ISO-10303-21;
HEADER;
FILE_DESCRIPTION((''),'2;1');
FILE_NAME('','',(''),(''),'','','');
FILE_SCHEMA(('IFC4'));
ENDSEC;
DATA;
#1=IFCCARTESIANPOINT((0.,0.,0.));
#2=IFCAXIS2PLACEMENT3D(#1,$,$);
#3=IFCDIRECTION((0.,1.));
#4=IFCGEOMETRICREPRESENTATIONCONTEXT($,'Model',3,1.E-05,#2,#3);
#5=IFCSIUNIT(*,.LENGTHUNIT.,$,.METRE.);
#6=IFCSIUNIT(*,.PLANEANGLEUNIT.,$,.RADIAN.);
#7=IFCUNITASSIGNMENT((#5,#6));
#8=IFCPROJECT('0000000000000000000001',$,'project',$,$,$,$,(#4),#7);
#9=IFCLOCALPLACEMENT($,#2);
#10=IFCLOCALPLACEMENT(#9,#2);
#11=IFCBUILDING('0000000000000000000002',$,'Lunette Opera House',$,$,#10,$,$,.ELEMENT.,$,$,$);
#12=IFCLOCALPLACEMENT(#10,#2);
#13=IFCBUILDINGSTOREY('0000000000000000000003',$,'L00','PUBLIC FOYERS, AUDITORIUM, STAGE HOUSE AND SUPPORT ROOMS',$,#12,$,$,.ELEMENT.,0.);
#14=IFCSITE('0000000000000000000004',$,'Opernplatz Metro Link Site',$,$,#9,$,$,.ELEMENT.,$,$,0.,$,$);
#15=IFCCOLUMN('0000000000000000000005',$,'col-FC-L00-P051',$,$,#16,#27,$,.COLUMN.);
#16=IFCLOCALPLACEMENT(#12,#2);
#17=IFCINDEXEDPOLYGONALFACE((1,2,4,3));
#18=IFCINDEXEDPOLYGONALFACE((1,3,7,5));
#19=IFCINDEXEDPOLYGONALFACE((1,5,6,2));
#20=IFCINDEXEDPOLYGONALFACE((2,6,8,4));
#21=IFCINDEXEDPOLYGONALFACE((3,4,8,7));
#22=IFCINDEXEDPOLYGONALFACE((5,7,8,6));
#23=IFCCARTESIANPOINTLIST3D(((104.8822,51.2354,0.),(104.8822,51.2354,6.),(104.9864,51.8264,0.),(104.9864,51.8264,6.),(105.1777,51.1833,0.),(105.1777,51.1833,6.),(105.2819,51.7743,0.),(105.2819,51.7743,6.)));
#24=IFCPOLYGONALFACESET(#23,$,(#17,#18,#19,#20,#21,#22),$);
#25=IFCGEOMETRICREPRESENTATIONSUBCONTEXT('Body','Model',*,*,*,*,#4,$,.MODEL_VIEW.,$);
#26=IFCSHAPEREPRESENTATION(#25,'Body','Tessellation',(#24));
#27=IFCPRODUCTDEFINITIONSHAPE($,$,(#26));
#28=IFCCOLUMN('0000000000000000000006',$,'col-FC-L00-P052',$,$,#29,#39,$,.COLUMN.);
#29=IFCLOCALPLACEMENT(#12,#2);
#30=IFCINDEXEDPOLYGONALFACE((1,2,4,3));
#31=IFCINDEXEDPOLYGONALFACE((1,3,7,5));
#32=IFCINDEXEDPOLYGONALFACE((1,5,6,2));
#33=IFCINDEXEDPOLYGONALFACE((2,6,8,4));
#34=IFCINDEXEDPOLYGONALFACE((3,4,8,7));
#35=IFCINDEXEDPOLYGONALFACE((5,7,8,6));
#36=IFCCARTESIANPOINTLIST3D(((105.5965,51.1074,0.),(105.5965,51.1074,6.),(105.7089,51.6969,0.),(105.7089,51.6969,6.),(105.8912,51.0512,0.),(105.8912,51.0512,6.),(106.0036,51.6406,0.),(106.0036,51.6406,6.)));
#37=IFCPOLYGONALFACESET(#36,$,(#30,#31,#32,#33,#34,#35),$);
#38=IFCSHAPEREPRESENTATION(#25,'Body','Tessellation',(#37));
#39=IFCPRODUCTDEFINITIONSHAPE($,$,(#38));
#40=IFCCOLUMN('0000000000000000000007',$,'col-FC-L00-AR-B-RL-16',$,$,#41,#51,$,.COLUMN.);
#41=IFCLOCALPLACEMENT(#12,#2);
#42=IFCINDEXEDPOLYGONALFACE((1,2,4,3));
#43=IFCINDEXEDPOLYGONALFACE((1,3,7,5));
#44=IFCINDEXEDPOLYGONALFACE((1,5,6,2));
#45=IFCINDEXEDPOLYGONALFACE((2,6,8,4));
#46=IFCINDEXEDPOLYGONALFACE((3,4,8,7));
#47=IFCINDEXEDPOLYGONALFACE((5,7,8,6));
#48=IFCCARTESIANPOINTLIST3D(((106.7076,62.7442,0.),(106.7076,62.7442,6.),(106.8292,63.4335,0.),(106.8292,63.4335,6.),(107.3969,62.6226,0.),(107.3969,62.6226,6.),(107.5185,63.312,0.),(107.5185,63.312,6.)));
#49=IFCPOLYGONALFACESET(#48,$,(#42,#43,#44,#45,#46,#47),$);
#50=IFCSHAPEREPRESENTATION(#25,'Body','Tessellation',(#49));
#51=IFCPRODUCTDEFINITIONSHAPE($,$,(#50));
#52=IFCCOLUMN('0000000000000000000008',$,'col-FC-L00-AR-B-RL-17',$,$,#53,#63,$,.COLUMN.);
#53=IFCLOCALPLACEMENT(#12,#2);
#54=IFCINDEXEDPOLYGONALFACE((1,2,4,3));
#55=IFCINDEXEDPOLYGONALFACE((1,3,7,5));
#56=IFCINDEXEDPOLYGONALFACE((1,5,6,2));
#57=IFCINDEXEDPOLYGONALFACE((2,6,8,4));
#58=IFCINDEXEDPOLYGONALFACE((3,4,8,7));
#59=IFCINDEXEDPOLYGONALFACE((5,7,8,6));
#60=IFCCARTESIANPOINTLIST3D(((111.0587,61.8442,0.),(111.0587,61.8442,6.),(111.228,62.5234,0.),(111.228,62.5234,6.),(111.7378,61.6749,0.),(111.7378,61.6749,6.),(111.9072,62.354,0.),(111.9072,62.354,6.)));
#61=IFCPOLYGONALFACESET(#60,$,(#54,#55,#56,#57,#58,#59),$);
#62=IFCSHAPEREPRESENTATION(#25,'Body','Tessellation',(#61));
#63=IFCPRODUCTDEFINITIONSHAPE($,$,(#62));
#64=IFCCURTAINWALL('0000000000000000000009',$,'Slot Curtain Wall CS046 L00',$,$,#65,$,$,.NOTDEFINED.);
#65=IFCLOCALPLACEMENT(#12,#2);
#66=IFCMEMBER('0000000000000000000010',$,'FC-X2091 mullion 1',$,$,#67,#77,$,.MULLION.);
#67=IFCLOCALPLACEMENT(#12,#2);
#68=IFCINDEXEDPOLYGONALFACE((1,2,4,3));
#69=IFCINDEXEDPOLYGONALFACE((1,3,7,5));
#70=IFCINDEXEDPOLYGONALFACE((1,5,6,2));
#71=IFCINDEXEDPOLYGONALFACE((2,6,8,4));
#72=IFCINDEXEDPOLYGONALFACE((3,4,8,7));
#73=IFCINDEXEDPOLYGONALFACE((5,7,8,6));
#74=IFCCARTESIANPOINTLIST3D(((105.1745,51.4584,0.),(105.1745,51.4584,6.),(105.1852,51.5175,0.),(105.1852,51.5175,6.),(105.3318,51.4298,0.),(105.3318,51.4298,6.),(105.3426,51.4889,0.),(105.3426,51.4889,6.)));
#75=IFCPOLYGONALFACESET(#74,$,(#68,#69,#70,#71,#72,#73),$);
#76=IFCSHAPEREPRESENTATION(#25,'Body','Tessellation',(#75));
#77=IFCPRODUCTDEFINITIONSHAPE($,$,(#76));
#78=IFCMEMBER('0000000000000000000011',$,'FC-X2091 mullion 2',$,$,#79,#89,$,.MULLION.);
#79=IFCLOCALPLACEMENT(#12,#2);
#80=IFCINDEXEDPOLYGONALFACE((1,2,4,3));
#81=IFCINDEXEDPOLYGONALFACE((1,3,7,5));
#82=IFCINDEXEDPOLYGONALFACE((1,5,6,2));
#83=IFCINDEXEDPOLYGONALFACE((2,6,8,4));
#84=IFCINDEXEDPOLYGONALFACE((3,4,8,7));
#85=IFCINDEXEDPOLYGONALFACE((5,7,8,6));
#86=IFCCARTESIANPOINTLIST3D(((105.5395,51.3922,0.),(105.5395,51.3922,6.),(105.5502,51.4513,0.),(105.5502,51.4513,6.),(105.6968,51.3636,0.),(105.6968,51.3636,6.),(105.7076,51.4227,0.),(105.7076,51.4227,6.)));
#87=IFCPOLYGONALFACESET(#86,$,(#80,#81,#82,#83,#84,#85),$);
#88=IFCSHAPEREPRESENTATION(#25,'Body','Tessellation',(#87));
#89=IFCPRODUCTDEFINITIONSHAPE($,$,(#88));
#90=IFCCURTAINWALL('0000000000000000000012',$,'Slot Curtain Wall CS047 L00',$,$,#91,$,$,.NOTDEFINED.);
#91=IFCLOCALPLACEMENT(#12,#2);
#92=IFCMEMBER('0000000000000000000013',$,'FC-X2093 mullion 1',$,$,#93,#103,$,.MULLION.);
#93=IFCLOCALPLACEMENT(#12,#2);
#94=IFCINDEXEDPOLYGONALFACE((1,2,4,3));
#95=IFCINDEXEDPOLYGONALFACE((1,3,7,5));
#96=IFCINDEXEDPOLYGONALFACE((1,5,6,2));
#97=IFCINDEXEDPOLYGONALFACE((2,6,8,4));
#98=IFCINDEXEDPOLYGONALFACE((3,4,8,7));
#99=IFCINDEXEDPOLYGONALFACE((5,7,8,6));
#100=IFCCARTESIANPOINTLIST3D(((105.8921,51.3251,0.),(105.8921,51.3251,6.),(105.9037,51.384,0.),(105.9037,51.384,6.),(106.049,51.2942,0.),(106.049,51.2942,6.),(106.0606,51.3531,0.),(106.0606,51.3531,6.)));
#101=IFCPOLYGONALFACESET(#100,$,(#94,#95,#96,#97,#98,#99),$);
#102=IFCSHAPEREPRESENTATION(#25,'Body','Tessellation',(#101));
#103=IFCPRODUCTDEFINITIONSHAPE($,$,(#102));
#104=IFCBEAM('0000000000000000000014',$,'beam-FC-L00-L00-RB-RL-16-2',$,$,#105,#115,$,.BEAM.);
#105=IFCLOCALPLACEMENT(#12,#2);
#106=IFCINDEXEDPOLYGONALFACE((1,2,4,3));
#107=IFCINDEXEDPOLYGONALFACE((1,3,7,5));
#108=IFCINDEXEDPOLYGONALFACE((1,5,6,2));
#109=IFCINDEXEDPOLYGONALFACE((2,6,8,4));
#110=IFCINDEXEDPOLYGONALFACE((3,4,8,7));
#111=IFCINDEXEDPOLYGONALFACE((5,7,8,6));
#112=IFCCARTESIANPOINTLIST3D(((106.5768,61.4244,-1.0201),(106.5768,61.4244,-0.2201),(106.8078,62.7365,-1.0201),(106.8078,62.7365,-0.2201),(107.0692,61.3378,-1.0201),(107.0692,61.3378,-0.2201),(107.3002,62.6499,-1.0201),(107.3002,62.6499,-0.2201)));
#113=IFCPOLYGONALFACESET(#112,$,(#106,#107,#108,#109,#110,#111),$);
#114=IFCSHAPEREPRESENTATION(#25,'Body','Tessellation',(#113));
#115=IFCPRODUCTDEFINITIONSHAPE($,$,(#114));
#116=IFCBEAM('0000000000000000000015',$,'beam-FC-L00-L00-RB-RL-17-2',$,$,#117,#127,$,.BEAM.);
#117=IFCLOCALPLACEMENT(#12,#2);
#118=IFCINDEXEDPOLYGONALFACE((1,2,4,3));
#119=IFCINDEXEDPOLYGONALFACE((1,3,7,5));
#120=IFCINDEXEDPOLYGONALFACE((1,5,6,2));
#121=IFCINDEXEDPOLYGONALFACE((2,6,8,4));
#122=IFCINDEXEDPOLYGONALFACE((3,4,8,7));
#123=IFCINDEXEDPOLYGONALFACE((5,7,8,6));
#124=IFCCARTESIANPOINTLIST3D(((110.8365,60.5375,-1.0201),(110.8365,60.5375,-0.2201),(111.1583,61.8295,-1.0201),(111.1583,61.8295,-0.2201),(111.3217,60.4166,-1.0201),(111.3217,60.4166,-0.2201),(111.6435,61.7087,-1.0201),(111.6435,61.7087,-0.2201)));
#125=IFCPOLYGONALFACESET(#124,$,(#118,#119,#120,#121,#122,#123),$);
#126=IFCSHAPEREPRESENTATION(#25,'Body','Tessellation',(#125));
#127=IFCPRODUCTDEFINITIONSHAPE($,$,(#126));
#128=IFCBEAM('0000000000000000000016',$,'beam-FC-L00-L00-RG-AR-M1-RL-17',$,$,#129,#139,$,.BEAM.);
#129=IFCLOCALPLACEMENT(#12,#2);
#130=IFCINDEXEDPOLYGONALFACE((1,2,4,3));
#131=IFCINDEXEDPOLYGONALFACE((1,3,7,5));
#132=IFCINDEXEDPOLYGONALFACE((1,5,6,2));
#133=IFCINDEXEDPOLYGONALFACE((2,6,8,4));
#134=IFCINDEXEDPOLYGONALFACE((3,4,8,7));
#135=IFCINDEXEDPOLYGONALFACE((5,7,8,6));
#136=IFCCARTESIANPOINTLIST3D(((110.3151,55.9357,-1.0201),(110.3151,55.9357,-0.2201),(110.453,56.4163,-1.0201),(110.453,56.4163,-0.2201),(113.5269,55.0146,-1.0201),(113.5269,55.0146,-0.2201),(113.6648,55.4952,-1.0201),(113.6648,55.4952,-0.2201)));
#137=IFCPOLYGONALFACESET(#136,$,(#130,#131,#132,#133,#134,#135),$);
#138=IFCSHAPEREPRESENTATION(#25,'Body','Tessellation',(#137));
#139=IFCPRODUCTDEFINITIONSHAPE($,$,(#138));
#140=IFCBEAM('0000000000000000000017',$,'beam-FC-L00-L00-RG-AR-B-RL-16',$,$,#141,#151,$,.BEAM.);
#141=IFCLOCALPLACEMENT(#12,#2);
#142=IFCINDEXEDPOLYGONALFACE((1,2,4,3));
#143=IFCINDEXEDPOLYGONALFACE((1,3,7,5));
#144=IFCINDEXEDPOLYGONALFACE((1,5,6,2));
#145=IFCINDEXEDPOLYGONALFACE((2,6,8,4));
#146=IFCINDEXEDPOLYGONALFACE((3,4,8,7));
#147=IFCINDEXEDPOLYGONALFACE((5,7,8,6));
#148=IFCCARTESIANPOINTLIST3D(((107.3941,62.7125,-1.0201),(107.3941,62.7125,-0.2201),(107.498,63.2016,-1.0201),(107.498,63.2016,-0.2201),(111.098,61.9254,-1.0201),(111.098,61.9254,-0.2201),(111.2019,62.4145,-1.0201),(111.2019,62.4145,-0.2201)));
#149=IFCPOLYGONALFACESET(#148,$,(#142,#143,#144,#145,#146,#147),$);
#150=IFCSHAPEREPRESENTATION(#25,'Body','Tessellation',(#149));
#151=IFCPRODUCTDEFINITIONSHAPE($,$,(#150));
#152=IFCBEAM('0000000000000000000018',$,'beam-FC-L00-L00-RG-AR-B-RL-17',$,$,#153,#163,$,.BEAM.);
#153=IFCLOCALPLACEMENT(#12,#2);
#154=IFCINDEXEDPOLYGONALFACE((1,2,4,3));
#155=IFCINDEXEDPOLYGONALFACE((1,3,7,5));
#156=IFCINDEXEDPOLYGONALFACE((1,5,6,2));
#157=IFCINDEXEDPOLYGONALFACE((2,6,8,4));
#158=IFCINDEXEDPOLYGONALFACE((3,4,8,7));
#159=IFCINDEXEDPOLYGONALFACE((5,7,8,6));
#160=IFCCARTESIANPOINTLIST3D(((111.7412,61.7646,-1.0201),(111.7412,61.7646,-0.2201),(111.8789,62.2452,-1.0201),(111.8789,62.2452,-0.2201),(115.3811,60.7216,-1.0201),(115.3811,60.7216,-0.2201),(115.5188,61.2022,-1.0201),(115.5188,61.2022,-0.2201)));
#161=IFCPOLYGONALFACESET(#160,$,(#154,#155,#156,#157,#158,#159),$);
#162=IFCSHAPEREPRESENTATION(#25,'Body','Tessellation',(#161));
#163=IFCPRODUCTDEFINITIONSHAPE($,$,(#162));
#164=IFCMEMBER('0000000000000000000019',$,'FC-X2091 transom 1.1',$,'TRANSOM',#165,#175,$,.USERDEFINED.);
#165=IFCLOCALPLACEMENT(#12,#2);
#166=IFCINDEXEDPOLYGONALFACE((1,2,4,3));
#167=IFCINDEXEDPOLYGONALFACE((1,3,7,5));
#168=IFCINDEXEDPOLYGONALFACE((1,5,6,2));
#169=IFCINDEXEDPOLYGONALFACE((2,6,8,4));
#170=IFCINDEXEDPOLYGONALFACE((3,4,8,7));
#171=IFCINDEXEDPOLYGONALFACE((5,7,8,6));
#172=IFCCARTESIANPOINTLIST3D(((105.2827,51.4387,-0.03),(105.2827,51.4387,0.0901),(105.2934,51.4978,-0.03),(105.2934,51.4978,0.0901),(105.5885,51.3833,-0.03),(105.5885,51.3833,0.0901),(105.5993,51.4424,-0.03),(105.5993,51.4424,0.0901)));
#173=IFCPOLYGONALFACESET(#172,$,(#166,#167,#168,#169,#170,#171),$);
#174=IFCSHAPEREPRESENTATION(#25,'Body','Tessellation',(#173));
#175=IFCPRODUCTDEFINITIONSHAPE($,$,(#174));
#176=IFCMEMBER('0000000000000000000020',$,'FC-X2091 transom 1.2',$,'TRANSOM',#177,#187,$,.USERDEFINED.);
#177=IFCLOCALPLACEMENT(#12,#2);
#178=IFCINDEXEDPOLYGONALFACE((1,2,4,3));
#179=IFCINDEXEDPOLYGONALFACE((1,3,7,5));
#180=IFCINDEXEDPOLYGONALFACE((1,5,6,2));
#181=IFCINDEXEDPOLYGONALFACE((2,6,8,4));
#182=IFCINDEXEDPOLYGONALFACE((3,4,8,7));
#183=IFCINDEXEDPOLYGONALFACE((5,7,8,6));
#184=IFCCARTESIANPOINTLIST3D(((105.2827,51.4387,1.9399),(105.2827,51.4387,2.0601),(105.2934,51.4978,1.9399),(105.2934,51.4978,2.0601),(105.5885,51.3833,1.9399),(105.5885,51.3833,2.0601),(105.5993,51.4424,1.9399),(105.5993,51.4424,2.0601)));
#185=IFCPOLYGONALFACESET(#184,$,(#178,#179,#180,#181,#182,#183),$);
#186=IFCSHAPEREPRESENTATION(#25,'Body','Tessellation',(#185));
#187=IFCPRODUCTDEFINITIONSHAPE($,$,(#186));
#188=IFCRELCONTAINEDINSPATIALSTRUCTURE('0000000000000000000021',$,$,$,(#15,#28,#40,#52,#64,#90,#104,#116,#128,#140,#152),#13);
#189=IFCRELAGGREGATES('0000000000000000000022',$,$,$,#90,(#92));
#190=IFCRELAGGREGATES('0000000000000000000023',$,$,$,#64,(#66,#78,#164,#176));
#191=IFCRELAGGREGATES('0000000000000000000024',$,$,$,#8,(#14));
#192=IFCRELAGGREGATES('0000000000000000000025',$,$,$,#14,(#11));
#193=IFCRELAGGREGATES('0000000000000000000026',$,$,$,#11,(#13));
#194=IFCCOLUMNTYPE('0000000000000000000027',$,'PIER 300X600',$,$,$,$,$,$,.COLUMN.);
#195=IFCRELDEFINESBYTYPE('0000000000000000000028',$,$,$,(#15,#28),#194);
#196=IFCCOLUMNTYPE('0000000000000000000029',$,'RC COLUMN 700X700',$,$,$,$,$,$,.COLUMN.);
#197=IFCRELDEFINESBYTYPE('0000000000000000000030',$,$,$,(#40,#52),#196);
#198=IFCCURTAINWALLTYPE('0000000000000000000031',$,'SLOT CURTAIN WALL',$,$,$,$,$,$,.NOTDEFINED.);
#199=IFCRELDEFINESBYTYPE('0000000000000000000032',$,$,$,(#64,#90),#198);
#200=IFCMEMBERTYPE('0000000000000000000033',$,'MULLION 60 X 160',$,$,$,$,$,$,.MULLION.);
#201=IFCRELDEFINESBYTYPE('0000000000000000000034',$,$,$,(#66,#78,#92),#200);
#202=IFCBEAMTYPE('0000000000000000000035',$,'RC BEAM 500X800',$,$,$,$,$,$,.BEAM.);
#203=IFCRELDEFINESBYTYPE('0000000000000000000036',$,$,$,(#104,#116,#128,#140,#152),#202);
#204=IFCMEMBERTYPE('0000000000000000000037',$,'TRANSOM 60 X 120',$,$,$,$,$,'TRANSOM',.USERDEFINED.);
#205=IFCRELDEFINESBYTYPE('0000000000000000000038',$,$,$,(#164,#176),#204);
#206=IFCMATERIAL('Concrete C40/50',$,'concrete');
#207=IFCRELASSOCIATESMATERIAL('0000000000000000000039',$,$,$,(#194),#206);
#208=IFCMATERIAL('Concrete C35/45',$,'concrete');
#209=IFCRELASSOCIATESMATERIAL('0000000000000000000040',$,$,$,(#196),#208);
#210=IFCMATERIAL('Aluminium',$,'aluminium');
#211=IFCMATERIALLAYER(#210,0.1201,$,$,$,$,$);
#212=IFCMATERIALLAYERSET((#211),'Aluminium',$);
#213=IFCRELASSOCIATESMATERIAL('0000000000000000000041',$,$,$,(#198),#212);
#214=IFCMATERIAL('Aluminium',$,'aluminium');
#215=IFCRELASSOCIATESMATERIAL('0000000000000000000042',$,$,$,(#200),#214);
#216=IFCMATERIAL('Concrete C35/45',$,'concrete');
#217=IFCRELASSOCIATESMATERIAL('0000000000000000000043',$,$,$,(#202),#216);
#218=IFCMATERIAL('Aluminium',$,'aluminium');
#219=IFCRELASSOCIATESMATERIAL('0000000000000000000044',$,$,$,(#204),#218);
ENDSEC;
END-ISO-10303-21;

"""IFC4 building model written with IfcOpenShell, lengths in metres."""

from ifc_helpers import new_model, si_unit, direction, frame, origin, origin_2d, place, context, subcontext, project, spatial, rectangle, extrude, material, layer, layer_set, material_profile, profile_set, type_object, element, aggregate, save


model = new_model("IFC4")

# Units and contexts
model_context = context("Model", 3, precision=1e-05, world=origin(), true_north=direction((0.0, 1.0)))
body_context = subcontext(model_context, "Body", "Model", "MODEL_VIEW")
ifc_project = project(units=[si_unit("LENGTHUNIT", "METRE"), si_unit("PLANEANGLEUNIT", "RADIAN")], contexts=[model_context])

# Site, building, storey
site_placement = place(None, origin())
site = spatial("IfcSite", under=ifc_project, at=site_placement, Name="Opernplatz Metro Link Site", CompositionType="ELEMENT", RefElevation=0.0)
building_placement = place(site_placement, origin())
building = spatial("IfcBuilding", under=site, at=building_placement, Name="Lunette Opera House", CompositionType="ELEMENT")
storey_placement = place(building_placement, origin())
storey = spatial("IfcBuildingStorey", under=building, at=storey_placement, Name="L00", Description="PUBLIC FOYERS, AUDITORIUM, STAGE HOUSE AND SUPPORT ROOMS", CompositionType="ELEMENT", Elevation=0.0)

# Columns
ifc_material_1 = material(Name="Concrete C40/50", Category="concrete")
ifc_material_profile_1 = material_profile(ifc_material_1, rectangle(XDim=0.3, YDim=0.6001, at=origin_2d()), Name="PIER 300X600")
ifc_profile_set_1 = profile_set([ifc_material_profile_1], Name="Concrete C40/50")
column_type_1 = type_object("IfcColumnType", Name="PIER 300X600", PredefinedType="COLUMN", material=ifc_profile_set_1)
for number, where, z_axis, x_axis, name in (
    (1, (105.082, 51.5049, 0.0), (0.0, 0.0, 1.0), (0.984808, -0.173648, 0.0), "col-FC-L00-P051"),
    (2, (105.8, 51.374, 0.0), (0.0, 0.0, 1.0), (0.982287, -0.187381, 0.0), "col-FC-L00-P052"),
):
    element("IfcColumn", number, at=place(storey_placement, frame(where, z_axis=z_axis, x_axis=x_axis)), inside=storey, type_object=column_type_1, Name=name, PredefinedType="COLUMN", context=body_context, shape_type="SweptSolid", body=[
        extrude(rectangle(XDim=0.3, YDim=0.6001, at=origin_2d()), origin(), (0.0, 0.0, 1.0), 6.0),
    ])
ifc_material_2 = material(Name="Concrete C35/45", Category="concrete")
ifc_material_profile_2 = material_profile(ifc_material_2, rectangle(XDim=0.7, YDim=0.7, at=origin_2d()), Name="RC COLUMN 700X700")
ifc_profile_set_2 = profile_set([ifc_material_profile_2], Name="Concrete C35/45")
column_type_2 = type_object("IfcColumnType", Name="RC COLUMN 700X700", PredefinedType="COLUMN", material=ifc_profile_set_2)
for number, where, z_axis, x_axis, name in (
    (3, (107.113, 63.0281, 0.0), (0.0, 0.0, 1.0), (0.984808, -0.173648, 0.0), "col-FC-L00-AR-B-RL-16"),
    (4, (111.4829, 62.0991, 0.0), (0.0, 0.0, 1.0), (0.970296, -0.241922, 0.0), "col-FC-L00-AR-B-RL-17"),
):
    element("IfcColumn", number, at=place(storey_placement, frame(where, z_axis=z_axis, x_axis=x_axis)), inside=storey, type_object=column_type_2, Name=name, PredefinedType="COLUMN", context=body_context, shape_type="SweptSolid", body=[
        extrude(rectangle(XDim=0.7, YDim=0.7, at=origin_2d()), origin(), (0.0, 0.0, 1.0), 6.0),
    ])

# Curtain wall, members
ifc_material_3 = material(Name="Aluminium", Category="aluminium")
ifc_layer_1 = layer(ifc_material_3, 0.1201)
ifc_layer_set_1 = layer_set([ifc_layer_1], Name="Aluminium")
curtain_wall_type = type_object("IfcCurtainWallType", Name="SLOT CURTAIN WALL", PredefinedType="NOTDEFINED", material=ifc_layer_set_1)
curtain_wall_1_placement = place(storey_placement, origin())
curtain_wall_1 = element("IfcCurtainWall", 5, at=curtain_wall_1_placement, inside=storey, type_object=curtain_wall_type, Name="Slot Curtain Wall CS046 L00", PredefinedType="NOTDEFINED")
ifc_material_4 = material(Name="Aluminium", Category="aluminium")
ifc_material_profile_3 = material_profile(ifc_material_4, rectangle(XDim=0.0601, YDim=0.1599, at=origin_2d()), Name="MULLION 60 X 160")
ifc_profile_set_3 = profile_set([ifc_material_profile_3], Name="Aluminium")
member_type_1 = type_object("IfcMemberType", Name="MULLION 60 X 160", PredefinedType="MULLION", material=ifc_profile_set_3)
member_1_placement = place(storey_placement, frame((105.2585, 51.4736, 0.0), z_axis=(0.0, 0.0, 1.0), x_axis=(0.178681, 0.983907, 0.0)))
member_1 = element("IfcMember", 6, at=member_1_placement, type_object=member_type_1, Name="FC-X2091 mullion 1", PredefinedType="MULLION", context=body_context, shape_type="SweptSolid", body=[
    extrude(rectangle(XDim=0.0601, YDim=0.1599, at=origin_2d()), origin(), (0.0, 0.0, 1.0), 6.0),
])
member_2_placement = place(storey_placement, frame((105.6235, 51.4075, 0.0), z_axis=(0.0, 0.0, 1.0), x_axis=(0.178681, 0.983907, 0.0)))
member_2 = element("IfcMember", 7, at=member_2_placement, type_object=member_type_1, Name="FC-X2091 mullion 2", PredefinedType="MULLION", context=body_context, shape_type="SweptSolid", body=[
    extrude(rectangle(XDim=0.0601, YDim=0.1599, at=origin_2d()), origin(), (0.0, 0.0, 1.0), 6.0),
])

# Curtain wall, member
curtain_wall_2_placement = place(storey_placement, origin())
curtain_wall_2 = element("IfcCurtainWall", 8, at=curtain_wall_2_placement, inside=storey, type_object=curtain_wall_type, Name="Slot Curtain Wall CS047 L00", PredefinedType="NOTDEFINED")
member_3_placement = place(storey_placement, frame((105.9763, 51.3391, 0.0), z_axis=(0.0, 0.0, 1.0), x_axis=(0.192985, 0.981202, 0.0)))
member_3 = element("IfcMember", 9, at=member_3_placement, type_object=member_type_1, Name="FC-X2093 mullion 1", PredefinedType="MULLION", context=body_context, shape_type="SweptSolid", body=[
    extrude(rectangle(XDim=0.0601, YDim=0.1599, at=origin_2d()), origin(), (0.0, 0.0, 1.0), 6.0),
])

# Beams
ifc_material_5 = material(Name="Concrete C35/45", Category="concrete")
ifc_material_profile_4 = material_profile(ifc_material_5, rectangle(XDim=0.5, YDim=0.8, at=origin_2d()), Name="RC BEAM 500X800")
ifc_profile_set_4 = profile_set([ifc_material_profile_4], Name="Concrete C35/45")
beam_type = type_object("IfcBeamType", Name="RC BEAM 500X800", PredefinedType="BEAM", material=ifc_profile_set_4)
beam_1_placement = place(storey_placement, frame((106.823, 61.3811, -0.6201), z_axis=(0.173367, 0.984857, 0.0), x_axis=(-0.984857, 0.173367, 0.0)))
element("IfcBeam", 10, at=beam_1_placement, inside=storey, type_object=beam_type, Name="beam-FC-L00-L00-RB-RL-16-2", PredefinedType="BEAM", context=body_context, shape_type="SweptSolid", body=[
    extrude(rectangle(XDim=0.5, YDim=0.8, at=origin_2d()), origin(), (0.0, 0.0, 1.0), 1.3323),
])
beam_2_placement = place(storey_placement, frame((111.0791, 60.4771, -0.6201), z_axis=(0.241673, 0.970358, 0.0), x_axis=(-0.970358, 0.241673, 0.0)))
element("IfcBeam", 11, at=beam_2_placement, inside=storey, type_object=beam_type, Name="beam-FC-L00-L00-RB-RL-17-2", PredefinedType="BEAM", context=body_context, shape_type="SweptSolid", body=[
    extrude(rectangle(XDim=0.5, YDim=0.8, at=origin_2d()), origin(), (0.0, 0.0, 1.0), 1.3315),
])
beam_3_placement = place(storey_placement, frame((110.384, 56.176, -0.6201), z_axis=(0.961251, -0.275676, 0.0), x_axis=(0.275676, 0.961251, 0.0)))
element("IfcBeam", 12, at=beam_3_placement, inside=storey, type_object=beam_type, Name="beam-FC-L00-L00-RG-AR-M1-RL-17", PredefinedType="BEAM", context=body_context, shape_type="SweptSolid", body=[
    extrude(rectangle(XDim=0.5, YDim=0.8, at=origin_2d()), origin(), (0.0, 0.0, 1.0), 3.3413),
])
beam_4_placement = place(storey_placement, frame((107.446, 62.957, -0.6201), z_axis=(0.978157, -0.207869, 0.0), x_axis=(0.207869, 0.978157, 0.0)))
element("IfcBeam", 13, at=beam_4_placement, inside=storey, type_object=beam_type, Name="beam-FC-L00-L00-RG-AR-B-RL-16", PredefinedType="BEAM", context=body_context, shape_type="SweptSolid", body=[
    extrude(rectangle(XDim=0.5, YDim=0.8, at=origin_2d()), origin(), (0.0, 0.0, 1.0), 3.7866),
])
beam_5_placement = place(storey_placement, frame((111.8101, 62.0049, -0.6201), z_axis=(0.961314, -0.275453, 0.0), x_axis=(0.275453, 0.961314, 0.0)))
element("IfcBeam", 14, at=beam_5_placement, inside=storey, type_object=beam_type, Name="beam-FC-L00-L00-RG-AR-B-RL-17", PredefinedType="BEAM", context=body_context, shape_type="SweptSolid", body=[
    extrude(rectangle(XDim=0.5, YDim=0.8, at=origin_2d()), origin(), (0.0, 0.0, 1.0), 3.7864),
])

# Members
ifc_material_6 = material(Name="Aluminium", Category="aluminium")
ifc_material_profile_5 = material_profile(ifc_material_6, rectangle(XDim=0.0601, YDim=0.1201, at=origin_2d()), Name="TRANSOM 60 X 120")
ifc_profile_set_5 = profile_set([ifc_material_profile_5], Name="Aluminium")
member_type_2 = type_object("IfcMemberType", Name="TRANSOM 60 X 120", ElementType="TRANSOM", PredefinedType="USERDEFINED", material=ifc_profile_set_5)
member_4_placement = place(storey_placement, frame((105.2881, 51.4683, 0.03), z_axis=(0.983983, -0.178263, 0.0), x_axis=(0.178263, 0.983983, 0.0)))
member_4 = element("IfcMember", 15, at=member_4_placement, type_object=member_type_2, Name="FC-X2091 transom 1.1", ObjectType="TRANSOM", PredefinedType="USERDEFINED", context=body_context, shape_type="SweptSolid", body=[
    extrude(rectangle(XDim=0.0601, YDim=0.1201, at=origin_2d()), origin(), (0.0, 0.0, 1.0), 0.3108),
])
member_5_placement = place(storey_placement, frame((105.2881, 51.4683, 2.0), z_axis=(0.983983, -0.178263, 0.0), x_axis=(0.178263, 0.983983, 0.0)))
member_5 = element("IfcMember", 16, at=member_5_placement, type_object=member_type_2, Name="FC-X2091 transom 1.2", ObjectType="TRANSOM", PredefinedType="USERDEFINED", context=body_context, shape_type="SweptSolid", body=[
    extrude(rectangle(XDim=0.0601, YDim=0.1201, at=origin_2d()), origin(), (0.0, 0.0, 1.0), 0.3108),
])
aggregate(curtain_wall_2, [member_3])

aggregate(curtain_wall_1, [member_1, member_2, member_4, member_5])

save(model, "model.ifc")
